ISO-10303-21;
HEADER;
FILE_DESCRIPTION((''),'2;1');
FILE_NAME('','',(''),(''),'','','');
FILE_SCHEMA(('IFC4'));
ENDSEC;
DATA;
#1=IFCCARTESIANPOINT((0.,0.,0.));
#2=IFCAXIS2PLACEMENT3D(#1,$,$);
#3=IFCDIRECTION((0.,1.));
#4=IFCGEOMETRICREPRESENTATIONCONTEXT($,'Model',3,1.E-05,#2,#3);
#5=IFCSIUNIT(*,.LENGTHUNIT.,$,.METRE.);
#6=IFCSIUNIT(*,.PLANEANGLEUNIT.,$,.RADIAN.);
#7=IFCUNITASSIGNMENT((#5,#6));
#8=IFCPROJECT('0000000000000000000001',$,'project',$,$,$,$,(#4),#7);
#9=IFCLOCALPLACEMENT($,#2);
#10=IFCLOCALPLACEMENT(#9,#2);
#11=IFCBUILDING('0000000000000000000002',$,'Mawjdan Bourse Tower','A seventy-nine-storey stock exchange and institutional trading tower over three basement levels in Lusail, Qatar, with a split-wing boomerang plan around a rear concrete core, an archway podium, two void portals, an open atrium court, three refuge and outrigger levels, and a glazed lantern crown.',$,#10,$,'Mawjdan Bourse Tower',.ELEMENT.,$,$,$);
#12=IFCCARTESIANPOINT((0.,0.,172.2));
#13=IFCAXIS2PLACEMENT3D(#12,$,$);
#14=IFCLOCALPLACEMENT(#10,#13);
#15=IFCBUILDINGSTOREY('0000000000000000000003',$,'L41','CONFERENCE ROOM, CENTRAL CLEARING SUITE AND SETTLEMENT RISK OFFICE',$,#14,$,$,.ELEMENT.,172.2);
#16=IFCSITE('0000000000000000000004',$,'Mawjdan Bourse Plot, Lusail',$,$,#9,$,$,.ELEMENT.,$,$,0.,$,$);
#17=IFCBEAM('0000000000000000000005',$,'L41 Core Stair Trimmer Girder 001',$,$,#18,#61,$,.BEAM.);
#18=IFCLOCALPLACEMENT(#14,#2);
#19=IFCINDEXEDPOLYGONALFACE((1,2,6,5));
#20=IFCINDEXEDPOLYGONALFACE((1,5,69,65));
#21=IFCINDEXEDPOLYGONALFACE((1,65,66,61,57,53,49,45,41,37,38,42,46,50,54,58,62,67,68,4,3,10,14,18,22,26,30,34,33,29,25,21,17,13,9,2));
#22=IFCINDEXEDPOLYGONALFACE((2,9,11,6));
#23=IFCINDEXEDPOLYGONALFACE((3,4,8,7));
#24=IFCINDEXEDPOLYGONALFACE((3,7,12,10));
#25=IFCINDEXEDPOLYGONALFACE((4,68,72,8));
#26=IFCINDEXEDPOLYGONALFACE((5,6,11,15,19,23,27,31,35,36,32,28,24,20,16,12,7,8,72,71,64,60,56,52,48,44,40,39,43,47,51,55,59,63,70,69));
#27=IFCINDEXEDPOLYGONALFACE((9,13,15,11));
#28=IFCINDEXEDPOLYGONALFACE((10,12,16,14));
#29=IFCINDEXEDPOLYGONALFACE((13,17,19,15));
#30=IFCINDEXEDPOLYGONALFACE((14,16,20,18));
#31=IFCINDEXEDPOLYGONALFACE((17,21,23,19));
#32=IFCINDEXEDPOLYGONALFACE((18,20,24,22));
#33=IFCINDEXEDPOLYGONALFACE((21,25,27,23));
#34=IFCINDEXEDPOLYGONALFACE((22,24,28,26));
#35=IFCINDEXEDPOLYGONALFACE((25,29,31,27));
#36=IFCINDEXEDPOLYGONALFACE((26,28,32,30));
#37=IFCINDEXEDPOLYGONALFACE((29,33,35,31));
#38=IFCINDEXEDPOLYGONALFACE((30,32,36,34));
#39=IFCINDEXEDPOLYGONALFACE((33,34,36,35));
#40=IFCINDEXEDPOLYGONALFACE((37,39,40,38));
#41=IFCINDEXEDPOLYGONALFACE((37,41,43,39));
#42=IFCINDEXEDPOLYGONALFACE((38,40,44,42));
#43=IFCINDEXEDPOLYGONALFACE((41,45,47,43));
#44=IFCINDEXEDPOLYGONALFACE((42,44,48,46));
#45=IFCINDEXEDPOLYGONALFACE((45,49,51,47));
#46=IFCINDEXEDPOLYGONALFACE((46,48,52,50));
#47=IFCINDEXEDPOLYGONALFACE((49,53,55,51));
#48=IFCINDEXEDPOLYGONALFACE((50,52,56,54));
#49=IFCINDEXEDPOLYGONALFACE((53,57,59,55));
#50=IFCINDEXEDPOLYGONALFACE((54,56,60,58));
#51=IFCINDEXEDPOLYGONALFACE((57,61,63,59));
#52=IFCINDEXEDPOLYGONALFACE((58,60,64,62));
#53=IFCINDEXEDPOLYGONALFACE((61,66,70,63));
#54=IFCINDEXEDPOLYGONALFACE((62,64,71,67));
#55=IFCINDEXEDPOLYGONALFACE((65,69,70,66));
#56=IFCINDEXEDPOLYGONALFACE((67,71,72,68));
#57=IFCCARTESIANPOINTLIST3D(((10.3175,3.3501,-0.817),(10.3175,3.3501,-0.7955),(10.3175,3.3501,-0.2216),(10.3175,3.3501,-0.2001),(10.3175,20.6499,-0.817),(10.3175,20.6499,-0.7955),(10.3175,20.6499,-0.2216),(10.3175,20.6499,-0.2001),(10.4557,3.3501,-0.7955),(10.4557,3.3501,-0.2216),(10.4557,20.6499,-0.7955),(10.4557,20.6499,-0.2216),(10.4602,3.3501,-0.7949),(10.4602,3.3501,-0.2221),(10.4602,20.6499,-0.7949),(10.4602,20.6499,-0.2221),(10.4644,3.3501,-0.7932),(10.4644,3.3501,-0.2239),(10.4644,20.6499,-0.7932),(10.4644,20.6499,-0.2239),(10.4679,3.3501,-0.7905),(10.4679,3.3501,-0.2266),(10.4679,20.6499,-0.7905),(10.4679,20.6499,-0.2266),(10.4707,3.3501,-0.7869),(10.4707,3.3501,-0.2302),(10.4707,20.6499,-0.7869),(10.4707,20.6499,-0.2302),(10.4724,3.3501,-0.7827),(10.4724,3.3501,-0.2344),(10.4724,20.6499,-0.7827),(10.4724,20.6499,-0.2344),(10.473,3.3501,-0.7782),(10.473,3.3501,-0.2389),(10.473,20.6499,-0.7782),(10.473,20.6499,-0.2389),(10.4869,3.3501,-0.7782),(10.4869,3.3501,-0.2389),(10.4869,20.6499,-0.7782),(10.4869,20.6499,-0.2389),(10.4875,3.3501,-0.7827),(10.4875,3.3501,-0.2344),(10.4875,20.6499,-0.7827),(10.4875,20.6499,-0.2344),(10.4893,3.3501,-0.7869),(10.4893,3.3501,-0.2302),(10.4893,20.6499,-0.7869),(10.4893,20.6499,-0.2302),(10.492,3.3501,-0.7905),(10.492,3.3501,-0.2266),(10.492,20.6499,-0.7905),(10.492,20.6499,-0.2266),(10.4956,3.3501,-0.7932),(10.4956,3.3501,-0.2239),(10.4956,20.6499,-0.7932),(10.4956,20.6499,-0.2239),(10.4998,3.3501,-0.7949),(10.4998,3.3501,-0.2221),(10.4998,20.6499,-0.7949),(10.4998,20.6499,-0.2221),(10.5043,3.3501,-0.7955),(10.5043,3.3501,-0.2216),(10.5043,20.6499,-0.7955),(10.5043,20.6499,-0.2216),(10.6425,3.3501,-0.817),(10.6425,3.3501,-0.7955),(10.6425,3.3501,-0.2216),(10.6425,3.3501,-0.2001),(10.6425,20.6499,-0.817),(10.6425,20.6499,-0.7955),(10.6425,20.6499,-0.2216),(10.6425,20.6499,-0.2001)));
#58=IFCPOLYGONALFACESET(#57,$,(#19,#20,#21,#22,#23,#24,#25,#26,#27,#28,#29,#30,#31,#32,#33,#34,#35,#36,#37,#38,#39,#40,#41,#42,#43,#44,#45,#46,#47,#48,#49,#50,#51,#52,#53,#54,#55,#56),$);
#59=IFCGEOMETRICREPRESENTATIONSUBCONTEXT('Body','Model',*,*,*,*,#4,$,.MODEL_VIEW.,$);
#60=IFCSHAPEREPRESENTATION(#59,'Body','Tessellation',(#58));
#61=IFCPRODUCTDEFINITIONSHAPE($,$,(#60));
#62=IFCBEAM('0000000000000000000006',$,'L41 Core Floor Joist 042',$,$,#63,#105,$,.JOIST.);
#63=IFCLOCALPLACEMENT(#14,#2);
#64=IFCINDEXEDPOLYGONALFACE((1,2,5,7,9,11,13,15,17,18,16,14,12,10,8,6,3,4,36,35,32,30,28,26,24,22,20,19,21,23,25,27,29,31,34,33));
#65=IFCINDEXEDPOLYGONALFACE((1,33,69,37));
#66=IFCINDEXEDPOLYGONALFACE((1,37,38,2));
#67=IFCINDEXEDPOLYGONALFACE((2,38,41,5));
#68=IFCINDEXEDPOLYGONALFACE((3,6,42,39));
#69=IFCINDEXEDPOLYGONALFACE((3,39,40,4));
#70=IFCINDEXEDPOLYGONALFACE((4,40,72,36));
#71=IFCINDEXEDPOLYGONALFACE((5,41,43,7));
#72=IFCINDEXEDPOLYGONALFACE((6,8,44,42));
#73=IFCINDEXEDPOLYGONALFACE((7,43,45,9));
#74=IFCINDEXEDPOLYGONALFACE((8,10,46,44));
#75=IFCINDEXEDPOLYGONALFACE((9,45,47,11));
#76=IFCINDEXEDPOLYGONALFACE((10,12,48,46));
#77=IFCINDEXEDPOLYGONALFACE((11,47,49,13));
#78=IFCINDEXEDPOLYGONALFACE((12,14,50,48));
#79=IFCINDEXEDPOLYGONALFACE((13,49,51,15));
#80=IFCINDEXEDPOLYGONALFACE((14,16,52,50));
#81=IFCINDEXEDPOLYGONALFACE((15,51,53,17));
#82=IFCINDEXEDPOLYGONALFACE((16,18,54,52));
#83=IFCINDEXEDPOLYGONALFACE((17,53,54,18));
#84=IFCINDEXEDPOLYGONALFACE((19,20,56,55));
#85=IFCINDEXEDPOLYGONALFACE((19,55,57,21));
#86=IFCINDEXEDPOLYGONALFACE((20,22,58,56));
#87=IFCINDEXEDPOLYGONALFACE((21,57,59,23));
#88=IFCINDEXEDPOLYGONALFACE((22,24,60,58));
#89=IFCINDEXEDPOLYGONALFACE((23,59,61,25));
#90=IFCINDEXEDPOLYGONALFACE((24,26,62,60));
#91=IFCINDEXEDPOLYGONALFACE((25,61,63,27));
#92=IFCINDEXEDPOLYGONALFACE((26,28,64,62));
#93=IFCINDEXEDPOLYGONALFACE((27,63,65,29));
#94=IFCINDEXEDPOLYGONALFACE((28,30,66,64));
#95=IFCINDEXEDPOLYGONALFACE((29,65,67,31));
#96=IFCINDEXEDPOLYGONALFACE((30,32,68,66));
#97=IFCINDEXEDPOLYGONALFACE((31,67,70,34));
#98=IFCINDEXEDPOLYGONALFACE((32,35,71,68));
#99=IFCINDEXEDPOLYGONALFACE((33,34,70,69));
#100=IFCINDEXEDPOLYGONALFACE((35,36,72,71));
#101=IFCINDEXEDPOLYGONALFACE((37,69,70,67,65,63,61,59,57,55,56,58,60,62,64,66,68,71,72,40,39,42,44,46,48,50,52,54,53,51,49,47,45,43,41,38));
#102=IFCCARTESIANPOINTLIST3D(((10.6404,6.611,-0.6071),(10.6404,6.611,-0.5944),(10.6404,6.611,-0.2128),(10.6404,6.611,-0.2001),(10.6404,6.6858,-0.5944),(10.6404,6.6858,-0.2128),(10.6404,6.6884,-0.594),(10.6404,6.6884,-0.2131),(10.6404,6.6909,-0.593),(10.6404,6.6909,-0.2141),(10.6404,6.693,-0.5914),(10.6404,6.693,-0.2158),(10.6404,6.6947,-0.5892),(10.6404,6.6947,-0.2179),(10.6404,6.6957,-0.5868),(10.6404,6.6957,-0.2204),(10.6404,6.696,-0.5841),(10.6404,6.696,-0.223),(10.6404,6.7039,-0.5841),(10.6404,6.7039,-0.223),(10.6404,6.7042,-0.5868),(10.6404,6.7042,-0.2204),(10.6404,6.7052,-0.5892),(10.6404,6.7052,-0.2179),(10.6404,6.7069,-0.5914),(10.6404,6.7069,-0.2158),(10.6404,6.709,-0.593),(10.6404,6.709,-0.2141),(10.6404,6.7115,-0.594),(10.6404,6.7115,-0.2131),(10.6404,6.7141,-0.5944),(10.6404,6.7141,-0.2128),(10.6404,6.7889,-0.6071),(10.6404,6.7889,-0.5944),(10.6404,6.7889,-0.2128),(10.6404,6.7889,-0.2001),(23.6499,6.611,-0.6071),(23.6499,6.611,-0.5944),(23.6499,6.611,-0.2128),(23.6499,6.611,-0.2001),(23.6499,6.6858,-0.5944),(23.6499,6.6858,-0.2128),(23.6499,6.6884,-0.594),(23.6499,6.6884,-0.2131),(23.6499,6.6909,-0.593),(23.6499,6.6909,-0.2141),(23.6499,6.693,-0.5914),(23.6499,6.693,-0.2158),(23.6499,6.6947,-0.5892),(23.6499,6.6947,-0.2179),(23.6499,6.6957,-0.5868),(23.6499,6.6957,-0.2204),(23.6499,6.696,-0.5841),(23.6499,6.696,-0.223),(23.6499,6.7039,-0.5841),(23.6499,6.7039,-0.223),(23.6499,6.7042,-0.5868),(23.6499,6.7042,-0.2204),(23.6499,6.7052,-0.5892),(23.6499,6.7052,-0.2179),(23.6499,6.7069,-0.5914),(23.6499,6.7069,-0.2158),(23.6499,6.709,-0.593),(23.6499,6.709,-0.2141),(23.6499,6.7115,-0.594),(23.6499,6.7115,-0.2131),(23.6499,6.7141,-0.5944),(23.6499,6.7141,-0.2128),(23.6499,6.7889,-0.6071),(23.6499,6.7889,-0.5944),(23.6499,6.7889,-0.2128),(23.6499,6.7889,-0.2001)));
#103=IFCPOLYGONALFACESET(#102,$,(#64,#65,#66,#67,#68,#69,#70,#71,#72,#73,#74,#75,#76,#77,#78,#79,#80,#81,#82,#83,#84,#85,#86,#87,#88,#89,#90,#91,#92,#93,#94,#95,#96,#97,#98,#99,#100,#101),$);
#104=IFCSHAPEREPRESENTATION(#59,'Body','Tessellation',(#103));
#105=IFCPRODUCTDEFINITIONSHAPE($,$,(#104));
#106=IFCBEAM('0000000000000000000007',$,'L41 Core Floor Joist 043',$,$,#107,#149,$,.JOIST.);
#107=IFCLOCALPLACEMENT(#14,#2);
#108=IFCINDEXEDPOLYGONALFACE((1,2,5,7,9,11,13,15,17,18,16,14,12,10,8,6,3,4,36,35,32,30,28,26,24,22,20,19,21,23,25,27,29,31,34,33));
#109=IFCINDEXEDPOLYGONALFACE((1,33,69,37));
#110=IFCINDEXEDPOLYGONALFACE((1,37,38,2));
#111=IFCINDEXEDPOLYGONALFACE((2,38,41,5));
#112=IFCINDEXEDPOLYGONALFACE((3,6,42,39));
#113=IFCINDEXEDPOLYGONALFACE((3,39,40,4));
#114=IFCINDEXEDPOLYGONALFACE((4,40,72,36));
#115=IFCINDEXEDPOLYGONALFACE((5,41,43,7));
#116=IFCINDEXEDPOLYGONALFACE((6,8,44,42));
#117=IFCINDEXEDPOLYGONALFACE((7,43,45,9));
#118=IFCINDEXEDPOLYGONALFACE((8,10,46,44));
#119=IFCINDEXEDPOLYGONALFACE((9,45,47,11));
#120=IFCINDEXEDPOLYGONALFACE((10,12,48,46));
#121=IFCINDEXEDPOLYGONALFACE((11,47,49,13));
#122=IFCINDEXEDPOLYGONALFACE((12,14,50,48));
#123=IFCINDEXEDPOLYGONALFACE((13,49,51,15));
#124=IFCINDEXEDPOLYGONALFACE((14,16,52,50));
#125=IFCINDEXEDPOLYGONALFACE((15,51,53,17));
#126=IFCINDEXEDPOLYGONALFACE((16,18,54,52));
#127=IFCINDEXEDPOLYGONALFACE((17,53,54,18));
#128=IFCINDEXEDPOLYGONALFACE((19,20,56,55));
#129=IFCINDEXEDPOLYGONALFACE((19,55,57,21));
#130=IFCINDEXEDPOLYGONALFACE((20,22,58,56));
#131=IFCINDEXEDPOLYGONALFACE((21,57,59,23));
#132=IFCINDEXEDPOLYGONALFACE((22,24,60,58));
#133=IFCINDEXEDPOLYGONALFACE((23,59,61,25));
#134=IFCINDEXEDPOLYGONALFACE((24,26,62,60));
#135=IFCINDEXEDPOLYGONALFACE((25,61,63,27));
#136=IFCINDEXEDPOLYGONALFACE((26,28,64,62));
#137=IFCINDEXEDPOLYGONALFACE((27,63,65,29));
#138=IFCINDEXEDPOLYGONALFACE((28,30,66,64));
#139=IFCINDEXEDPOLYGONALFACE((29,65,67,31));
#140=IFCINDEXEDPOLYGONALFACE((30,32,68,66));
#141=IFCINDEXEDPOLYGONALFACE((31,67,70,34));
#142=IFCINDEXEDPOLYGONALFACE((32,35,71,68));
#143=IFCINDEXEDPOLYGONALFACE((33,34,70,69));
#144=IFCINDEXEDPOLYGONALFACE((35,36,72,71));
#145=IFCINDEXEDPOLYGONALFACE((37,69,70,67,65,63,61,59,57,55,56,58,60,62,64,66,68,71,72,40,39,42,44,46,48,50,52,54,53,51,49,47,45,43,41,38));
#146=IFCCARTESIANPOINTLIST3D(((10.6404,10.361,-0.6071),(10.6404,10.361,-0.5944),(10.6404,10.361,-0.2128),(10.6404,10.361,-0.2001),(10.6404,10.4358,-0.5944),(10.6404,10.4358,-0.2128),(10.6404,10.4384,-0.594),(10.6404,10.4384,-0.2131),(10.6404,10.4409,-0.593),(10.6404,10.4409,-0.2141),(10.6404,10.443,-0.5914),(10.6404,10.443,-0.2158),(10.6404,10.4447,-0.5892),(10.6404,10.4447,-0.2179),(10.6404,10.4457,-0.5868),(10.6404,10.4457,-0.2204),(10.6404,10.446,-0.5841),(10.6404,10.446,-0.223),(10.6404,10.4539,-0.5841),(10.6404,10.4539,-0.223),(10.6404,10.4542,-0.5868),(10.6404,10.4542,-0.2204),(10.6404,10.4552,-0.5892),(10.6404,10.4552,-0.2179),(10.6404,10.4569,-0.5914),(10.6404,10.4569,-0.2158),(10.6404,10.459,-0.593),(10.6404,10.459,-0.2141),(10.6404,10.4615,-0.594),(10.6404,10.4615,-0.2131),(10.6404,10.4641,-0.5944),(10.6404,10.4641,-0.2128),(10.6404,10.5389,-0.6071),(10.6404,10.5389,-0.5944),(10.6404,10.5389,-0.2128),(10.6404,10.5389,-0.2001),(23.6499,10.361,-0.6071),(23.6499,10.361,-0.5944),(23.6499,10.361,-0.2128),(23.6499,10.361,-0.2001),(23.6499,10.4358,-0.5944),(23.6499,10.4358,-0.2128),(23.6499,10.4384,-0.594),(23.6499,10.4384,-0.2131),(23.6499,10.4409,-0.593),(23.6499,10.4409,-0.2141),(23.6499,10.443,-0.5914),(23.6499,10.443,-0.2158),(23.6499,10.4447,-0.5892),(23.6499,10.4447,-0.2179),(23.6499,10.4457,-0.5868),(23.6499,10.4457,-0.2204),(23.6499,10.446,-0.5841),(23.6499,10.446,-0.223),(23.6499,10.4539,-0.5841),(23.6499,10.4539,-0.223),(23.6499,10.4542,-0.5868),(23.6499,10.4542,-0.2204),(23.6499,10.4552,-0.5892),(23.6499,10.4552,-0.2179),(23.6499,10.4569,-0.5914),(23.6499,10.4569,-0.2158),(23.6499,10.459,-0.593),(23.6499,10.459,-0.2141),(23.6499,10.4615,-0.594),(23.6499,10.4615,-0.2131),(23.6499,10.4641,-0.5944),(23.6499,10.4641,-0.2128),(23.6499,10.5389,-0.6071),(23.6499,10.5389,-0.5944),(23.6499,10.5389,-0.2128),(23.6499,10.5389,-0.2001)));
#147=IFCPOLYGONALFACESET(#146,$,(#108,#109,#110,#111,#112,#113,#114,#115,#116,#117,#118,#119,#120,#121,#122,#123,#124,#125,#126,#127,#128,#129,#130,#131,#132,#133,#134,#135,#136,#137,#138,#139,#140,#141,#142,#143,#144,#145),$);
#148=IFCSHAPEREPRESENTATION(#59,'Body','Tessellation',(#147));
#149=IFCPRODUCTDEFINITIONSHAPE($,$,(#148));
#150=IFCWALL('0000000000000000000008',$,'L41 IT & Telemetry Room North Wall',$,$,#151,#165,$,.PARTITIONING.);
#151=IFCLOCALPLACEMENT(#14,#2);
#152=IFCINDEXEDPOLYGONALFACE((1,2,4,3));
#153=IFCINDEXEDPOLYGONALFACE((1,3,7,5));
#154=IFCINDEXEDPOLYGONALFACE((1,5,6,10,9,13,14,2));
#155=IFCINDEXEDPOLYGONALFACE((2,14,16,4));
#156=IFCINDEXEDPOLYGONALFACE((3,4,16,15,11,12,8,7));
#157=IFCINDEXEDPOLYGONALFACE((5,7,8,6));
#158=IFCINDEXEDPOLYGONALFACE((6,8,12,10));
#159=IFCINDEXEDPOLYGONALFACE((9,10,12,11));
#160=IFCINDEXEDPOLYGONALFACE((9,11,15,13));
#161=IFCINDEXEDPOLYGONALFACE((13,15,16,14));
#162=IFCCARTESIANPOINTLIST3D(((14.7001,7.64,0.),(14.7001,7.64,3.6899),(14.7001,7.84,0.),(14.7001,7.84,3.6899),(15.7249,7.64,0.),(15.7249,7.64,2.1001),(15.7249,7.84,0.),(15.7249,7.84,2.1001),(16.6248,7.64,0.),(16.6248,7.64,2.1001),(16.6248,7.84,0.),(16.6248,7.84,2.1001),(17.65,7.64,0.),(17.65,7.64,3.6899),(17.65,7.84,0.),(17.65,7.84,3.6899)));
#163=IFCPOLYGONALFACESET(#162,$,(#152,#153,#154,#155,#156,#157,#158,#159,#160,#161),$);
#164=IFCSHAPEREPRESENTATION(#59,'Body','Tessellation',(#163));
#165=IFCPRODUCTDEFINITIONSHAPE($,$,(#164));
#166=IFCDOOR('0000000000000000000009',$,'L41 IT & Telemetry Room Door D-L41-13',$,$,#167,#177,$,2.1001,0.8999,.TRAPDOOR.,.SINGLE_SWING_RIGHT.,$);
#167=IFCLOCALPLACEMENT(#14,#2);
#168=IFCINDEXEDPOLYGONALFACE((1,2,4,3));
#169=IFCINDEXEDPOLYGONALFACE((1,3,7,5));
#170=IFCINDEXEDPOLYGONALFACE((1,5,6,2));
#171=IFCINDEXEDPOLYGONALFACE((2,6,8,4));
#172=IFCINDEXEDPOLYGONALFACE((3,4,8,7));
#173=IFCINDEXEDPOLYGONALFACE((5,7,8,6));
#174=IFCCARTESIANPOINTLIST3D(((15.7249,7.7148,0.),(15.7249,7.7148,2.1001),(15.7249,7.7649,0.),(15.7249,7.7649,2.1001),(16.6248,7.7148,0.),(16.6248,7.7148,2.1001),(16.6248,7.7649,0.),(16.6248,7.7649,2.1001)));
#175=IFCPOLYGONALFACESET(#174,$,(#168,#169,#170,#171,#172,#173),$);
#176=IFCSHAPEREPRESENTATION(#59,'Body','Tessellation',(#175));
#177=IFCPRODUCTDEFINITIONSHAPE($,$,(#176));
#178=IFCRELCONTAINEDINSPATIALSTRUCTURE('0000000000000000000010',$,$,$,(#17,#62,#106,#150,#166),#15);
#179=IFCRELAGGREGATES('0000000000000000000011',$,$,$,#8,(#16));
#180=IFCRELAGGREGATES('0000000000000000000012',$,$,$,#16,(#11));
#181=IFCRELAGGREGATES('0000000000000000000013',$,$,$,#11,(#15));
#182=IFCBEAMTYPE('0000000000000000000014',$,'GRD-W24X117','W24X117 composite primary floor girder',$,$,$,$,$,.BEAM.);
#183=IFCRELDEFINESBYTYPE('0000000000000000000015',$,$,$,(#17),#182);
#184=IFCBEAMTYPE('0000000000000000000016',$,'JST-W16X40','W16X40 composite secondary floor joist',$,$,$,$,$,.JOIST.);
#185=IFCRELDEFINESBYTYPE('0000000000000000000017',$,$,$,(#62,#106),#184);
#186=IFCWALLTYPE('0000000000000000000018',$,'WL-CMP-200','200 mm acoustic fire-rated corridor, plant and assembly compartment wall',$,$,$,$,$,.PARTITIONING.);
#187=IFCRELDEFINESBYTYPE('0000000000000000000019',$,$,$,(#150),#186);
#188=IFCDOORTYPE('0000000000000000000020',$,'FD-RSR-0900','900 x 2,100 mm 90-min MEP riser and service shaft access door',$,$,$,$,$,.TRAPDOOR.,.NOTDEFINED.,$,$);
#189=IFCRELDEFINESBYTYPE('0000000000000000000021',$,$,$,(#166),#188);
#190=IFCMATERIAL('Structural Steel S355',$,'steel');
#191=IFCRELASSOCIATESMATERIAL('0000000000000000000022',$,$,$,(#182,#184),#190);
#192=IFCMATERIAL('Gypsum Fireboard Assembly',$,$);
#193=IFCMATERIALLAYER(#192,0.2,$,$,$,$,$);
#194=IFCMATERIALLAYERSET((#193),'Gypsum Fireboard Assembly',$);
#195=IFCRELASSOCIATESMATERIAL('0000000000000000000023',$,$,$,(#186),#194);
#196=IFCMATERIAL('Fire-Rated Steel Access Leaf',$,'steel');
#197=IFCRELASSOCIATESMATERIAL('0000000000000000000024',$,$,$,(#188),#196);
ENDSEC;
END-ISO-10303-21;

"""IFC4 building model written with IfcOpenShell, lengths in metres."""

from ifc_helpers import new_model, si_unit, direction, frame, frame_2d, origin, origin_2d, place, context, subcontext, project, spatial, rectangle, i_section, extrude, material, layer, layer_set, material_profile, profile_set, type_object, element, fill, save


model = new_model("IFC4")

# Units and contexts
model_context = context("Model", 3, precision=1e-05, world=origin(), true_north=direction((0.0, 1.0)))
body_context = subcontext(model_context, "Body", "Model", "MODEL_VIEW")
ifc_project = project(units=[si_unit("LENGTHUNIT", "METRE"), si_unit("PLANEANGLEUNIT", "RADIAN")], contexts=[model_context])

# Site, building, storey
site_placement = place(None, origin())
site = spatial("IfcSite", under=ifc_project, at=site_placement, Name="Mawjdan Bourse Plot, Lusail", CompositionType="ELEMENT", RefElevation=0.0)
building_placement = place(site_placement, origin())
building = spatial("IfcBuilding", under=site, at=building_placement, Name="Mawjdan Bourse Tower", Description="A seventy-nine-storey stock exchange and institutional trading tower over three basement levels in Lusail, Qatar, with a split-wing boomerang plan around a rear concrete core, an archway podium, two void portals, an open atrium court, three refuge and outrigger levels, and a glazed lantern crown.", LongName="Mawjdan Bourse Tower", CompositionType="ELEMENT")
storey_placement = place(building_placement, frame((0.0, 0.0, 172.2)))
storey = spatial("IfcBuildingStorey", under=building, at=storey_placement, Name="L41", Description="CONFERENCE ROOM, CENTRAL CLEARING SUITE AND SETTLEMENT RISK OFFICE", CompositionType="ELEMENT", Elevation=172.2)

# Beams
ifc_material_1 = material(Name="Structural Steel S355", Category="steel")
ifc_material_profile_1 = material_profile(ifc_material_1, i_section(OverallWidth=0.325, OverallDepth=0.6169, WebThickness=0.0139, FlangeThickness=0.0215, FilletRadius=0.0173, at=origin_2d()), Name="W24X117")
ifc_profile_set_1 = profile_set([ifc_material_profile_1], Name="Structural Steel S355")
beam_type_1 = type_object("IfcBeamType", Name="GRD-W24X117", Description="W24X117 composite primary floor girder", PredefinedType="BEAM", material=ifc_profile_set_1)
beam_placement = place(storey_placement, frame((10.48, 3.3501, -0.5085), z_axis=(0.0, 1.0, 0.0), x_axis=(-1.0, 0.0, 0.0)))
element("IfcBeam", 1, at=beam_placement, inside=storey, type_object=beam_type_1, Name="L41 Core Stair Trimmer Girder 001", PredefinedType="BEAM", context=body_context, shape_type="SweptSolid", body=[
    extrude(i_section(OverallWidth=0.325, OverallDepth=0.6169, WebThickness=0.0139, FlangeThickness=0.0215, FilletRadius=0.0173, at=origin_2d()), origin(), (0.0, 0.0, 1.0), 17.2998),
])
ifc_material_profile_2 = material_profile(ifc_material_1, i_section(OverallWidth=0.178, OverallDepth=0.407, WebThickness=0.0078, FlangeThickness=0.0127, FilletRadius=0.0103, at=origin_2d()), Name="W16X40")
ifc_profile_set_2 = profile_set([ifc_material_profile_2], Name="Structural Steel S355")
beam_type_2 = type_object("IfcBeamType", Name="JST-W16X40", Description="W16X40 composite secondary floor joist", PredefinedType="JOIST", material=ifc_profile_set_2)
for number, where, z_axis, x_axis, name in (
    (2, (10.6404, 6.7, -0.4036), (1.0, 0.0, 0.0), (0.0, 1.0, 0.0), "L41 Core Floor Joist 042"),
    (3, (10.6404, 10.45, -0.4036), (1.0, 0.0, 0.0), (0.0, 1.0, 0.0), "L41 Core Floor Joist 043"),
):
    element("IfcBeam", number, at=place(storey_placement, frame(where, z_axis=z_axis, x_axis=x_axis)), inside=storey, type_object=beam_type_2, Name=name, PredefinedType="JOIST", context=body_context, shape_type="SweptSolid", body=[
        extrude(i_section(OverallWidth=0.178, OverallDepth=0.407, WebThickness=0.0078, FlangeThickness=0.0127, FilletRadius=0.0103, at=origin_2d()), origin(), (0.0, 0.0, 1.0), 13.0095),
    ])

# Wall, opening, door
ifc_material_2 = material(Name="Gypsum Fireboard Assembly")
ifc_layer_1 = layer(ifc_material_2, 0.2)
ifc_layer_set_1 = layer_set([ifc_layer_1], Name="Gypsum Fireboard Assembly")
wall_type_1 = type_object("IfcWallType", Name="WL-CMP-200", Description="200 mm acoustic fire-rated corridor, plant and assembly compartment wall", PredefinedType="PARTITIONING", material=ifc_layer_set_1)
wall_1_placement = place(storey_placement, frame((14.7, 7.74, 0.0), z_axis=(0.0, 0.0, 1.0), x_axis=(1.0, 0.0, 0.0)))
wall_1 = element("IfcWall", 4, at=wall_1_placement, inside=storey, type_object=wall_type_1, Name="L41 IT & Telemetry Room North Wall", PredefinedType="PARTITIONING", context=body_context, shape_type="SweptSolid", body=[
    extrude(rectangle(XDim=2.95, YDim=0.2, at=frame_2d((1.4751, 0.0))), origin(), (0.0, 0.0, 1.0), 3.6899),
])
opening_1_placement = place(wall_1_placement, frame((1.0249, 0.0, 0.0)))
opening_1 = element("IfcOpeningElement", 5, at=opening_1_placement, cuts=wall_1, PredefinedType="OPENING", context=body_context, shape_type="SweptSolid", body=[
    extrude(rectangle(XDim=0.8999, YDim=2.1001, at=frame_2d((0.45, 1.05))), frame((0.0, 0.1099, 0.0), z_axis=(0.0, -1.0, 0.0), x_axis=(1.0, 0.0, 0.0)), (0.0, 0.0, 1.0), 0.22),
])
ifc_material_3 = material(Name="Fire-Rated Steel Access Leaf", Category="steel")
door_type_1 = type_object("IfcDoorType", Name="FD-RSR-0900", Description="900 x 2,100 mm 90-min MEP riser and service shaft access door", OperationType="NOTDEFINED", PredefinedType="TRAPDOOR", material=ifc_material_3)
door_1_placement = place(opening_1_placement, origin())
door_1 = element("IfcDoor", 6, at=door_1_placement, inside=storey, type_object=door_type_1, Name="L41 IT & Telemetry Room Door D-L41-13", OperationType="SINGLE_SWING_RIGHT", OverallHeight=2.1001, OverallWidth=0.8999, PredefinedType="TRAPDOOR", context=body_context, shape_type="SweptSolid", body=[
    extrude(rectangle(XDim=0.8999, YDim=2.1001, at=frame_2d((0.45, 1.05))), frame((0.0, 0.0249, 0.0), z_axis=(0.0, -1.0, 0.0), x_axis=(1.0, 0.0, 0.0)), (0.0, 0.0, 1.0), 0.05),
])
fill(opening_1, door_1)

save(model, "model.ifc")
